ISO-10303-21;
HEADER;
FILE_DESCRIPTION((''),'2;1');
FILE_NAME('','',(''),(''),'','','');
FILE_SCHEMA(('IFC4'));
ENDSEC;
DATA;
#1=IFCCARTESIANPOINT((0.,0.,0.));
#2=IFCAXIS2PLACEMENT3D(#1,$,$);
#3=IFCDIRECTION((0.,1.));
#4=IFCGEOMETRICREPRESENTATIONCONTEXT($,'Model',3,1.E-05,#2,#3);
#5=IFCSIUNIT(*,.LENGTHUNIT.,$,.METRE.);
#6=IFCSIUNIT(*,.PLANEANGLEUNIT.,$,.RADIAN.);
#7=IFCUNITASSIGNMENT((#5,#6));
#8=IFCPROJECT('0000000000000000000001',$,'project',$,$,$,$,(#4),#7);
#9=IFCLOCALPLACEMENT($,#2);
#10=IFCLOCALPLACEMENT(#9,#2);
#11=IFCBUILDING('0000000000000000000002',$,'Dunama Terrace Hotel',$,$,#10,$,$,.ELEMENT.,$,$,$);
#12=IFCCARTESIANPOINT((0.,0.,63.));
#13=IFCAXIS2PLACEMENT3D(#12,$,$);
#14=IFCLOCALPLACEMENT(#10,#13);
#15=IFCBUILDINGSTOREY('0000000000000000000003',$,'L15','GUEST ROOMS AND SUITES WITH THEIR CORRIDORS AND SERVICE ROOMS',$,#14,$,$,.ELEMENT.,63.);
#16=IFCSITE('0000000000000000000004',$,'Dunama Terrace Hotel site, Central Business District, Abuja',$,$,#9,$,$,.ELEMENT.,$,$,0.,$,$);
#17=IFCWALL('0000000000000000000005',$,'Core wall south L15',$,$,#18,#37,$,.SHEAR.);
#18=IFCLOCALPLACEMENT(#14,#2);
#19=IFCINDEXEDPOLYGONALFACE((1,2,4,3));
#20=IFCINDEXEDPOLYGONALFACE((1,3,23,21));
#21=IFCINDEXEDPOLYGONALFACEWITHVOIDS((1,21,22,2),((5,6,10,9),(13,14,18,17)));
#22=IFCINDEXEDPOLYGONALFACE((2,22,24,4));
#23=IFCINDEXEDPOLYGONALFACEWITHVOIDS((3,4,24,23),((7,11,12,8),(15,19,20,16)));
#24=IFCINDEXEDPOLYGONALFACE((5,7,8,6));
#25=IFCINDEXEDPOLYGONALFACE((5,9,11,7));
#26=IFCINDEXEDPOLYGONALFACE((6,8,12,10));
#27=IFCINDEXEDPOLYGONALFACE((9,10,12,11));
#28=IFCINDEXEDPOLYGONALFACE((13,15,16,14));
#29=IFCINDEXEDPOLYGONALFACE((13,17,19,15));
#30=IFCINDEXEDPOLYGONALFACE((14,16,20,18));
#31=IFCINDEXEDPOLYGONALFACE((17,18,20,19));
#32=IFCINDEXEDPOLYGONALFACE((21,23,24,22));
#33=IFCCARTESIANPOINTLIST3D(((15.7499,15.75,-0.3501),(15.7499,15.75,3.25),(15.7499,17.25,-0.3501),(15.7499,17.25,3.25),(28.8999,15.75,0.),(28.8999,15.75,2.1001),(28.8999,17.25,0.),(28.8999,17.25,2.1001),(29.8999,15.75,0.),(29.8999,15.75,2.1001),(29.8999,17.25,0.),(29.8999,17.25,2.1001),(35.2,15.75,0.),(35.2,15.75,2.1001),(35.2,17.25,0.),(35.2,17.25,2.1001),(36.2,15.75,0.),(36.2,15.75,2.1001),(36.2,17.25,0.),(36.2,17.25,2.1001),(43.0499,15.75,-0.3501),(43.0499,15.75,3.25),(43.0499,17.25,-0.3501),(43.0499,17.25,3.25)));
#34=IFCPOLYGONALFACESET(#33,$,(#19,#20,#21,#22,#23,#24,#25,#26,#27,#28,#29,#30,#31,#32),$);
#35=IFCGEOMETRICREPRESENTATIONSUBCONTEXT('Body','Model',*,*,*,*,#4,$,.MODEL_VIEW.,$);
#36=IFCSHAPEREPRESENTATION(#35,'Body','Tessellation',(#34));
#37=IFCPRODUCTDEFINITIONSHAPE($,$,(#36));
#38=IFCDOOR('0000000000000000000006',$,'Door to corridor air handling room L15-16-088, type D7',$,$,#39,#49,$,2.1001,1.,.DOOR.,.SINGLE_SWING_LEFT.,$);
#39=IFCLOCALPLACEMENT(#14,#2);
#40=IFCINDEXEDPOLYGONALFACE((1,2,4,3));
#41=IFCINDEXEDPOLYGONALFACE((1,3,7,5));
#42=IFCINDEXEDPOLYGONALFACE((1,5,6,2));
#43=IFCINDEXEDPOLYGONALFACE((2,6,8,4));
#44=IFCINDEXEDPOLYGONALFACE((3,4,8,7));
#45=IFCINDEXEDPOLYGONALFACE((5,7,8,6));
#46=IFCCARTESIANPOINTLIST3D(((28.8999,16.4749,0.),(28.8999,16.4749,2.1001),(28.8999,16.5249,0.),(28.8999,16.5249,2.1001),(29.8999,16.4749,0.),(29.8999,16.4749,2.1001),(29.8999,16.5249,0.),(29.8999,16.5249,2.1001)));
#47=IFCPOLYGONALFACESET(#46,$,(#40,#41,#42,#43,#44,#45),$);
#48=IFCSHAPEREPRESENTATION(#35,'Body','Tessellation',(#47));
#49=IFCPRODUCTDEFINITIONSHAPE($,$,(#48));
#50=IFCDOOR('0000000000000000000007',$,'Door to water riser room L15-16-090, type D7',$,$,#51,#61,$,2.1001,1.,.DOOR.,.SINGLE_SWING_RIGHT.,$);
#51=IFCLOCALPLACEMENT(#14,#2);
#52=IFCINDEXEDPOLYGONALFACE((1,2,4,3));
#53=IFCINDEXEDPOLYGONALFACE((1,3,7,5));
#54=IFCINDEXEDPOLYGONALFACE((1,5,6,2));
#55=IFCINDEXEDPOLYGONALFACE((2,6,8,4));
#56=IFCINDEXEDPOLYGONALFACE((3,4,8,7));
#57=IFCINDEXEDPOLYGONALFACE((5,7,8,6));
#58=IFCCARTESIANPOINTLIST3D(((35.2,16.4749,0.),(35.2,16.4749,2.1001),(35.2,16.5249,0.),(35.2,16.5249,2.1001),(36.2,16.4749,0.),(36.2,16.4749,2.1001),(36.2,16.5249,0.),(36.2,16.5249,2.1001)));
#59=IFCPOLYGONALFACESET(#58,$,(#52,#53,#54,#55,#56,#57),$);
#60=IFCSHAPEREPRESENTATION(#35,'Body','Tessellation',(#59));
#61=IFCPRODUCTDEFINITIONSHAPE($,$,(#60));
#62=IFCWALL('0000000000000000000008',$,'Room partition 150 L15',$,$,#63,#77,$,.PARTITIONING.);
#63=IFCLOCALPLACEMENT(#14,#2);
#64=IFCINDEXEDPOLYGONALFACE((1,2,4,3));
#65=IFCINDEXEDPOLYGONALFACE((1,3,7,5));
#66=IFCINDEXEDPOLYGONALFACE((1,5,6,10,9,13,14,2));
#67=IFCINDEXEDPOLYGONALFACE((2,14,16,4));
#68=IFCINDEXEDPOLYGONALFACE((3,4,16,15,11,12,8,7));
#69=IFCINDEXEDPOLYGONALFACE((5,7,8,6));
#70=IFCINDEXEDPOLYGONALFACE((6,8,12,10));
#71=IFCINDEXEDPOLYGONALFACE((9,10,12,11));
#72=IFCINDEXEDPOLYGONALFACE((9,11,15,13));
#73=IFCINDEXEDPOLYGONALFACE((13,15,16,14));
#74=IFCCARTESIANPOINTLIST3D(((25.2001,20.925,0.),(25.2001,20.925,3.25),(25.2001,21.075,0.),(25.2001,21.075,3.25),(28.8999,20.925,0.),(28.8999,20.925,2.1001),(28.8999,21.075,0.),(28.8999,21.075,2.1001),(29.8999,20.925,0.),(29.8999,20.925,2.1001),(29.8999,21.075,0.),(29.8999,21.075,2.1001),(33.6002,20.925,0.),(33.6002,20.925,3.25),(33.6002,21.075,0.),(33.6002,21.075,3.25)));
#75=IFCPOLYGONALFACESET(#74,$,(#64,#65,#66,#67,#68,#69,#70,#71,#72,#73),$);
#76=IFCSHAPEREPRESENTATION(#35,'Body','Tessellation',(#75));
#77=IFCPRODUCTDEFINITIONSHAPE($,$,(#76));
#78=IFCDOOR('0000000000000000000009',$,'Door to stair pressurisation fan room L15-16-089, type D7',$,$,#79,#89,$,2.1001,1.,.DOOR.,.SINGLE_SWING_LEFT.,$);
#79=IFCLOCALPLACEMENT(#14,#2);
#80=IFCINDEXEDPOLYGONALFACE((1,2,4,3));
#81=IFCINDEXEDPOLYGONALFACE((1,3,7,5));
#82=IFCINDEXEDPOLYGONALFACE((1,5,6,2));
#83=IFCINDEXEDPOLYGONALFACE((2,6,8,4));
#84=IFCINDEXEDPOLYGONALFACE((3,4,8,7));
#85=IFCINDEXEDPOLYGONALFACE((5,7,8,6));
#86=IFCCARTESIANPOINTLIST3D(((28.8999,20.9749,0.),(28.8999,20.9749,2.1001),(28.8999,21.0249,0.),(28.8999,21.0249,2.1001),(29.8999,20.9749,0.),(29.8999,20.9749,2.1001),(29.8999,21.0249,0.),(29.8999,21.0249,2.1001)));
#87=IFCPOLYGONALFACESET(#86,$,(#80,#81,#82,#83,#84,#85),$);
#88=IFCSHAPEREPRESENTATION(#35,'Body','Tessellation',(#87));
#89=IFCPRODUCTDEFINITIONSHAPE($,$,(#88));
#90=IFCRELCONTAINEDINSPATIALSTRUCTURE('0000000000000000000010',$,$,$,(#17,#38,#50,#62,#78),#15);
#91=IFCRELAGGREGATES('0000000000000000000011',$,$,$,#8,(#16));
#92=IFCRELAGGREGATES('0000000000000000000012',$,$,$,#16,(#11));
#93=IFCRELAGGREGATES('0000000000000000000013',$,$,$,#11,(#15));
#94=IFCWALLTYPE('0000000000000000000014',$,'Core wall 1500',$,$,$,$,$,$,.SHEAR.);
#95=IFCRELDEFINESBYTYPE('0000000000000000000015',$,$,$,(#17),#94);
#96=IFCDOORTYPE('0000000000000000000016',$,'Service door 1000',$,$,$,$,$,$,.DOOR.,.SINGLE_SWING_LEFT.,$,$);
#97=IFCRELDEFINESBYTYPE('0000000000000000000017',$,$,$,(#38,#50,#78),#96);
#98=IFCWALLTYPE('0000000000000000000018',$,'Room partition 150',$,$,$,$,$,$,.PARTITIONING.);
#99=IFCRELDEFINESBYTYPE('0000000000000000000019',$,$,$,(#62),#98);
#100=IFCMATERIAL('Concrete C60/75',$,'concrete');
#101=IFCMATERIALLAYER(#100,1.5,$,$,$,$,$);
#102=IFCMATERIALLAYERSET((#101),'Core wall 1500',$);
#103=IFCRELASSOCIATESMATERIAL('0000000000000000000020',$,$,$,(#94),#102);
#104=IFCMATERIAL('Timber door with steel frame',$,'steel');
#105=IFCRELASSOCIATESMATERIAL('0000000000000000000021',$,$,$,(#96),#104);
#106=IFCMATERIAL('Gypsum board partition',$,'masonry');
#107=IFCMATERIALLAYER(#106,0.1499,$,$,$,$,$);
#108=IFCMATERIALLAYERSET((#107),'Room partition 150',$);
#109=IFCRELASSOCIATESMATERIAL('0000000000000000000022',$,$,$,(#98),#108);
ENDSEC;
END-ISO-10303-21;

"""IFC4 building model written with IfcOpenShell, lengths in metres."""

from ifc_helpers import new_model, si_unit, direction, frame, frame_2d, origin, place, context, subcontext, project, spatial, rectangle, extrude, material, layer, layer_set, type_object, element, fill, save


model = new_model("IFC4")

# Units and contexts
model_context = context("Model", 3, precision=1e-05, world=origin(), true_north=direction((0.0, 1.0)))
body_context = subcontext(model_context, "Body", "Model", "MODEL_VIEW")
ifc_project = project(units=[si_unit("LENGTHUNIT", "METRE"), si_unit("PLANEANGLEUNIT", "RADIAN")], contexts=[model_context])

# Site, building, storey
site_placement = place(None, origin())
site = spatial("IfcSite", under=ifc_project, at=site_placement, Name="Dunama Terrace Hotel site, Central Business District, Abuja", CompositionType="ELEMENT", RefElevation=0.0)
building_placement = place(site_placement, origin())
building = spatial("IfcBuilding", under=site, at=building_placement, Name="Dunama Terrace Hotel", CompositionType="ELEMENT")
storey_placement = place(building_placement, frame((0.0, 0.0, 63.0)))
storey = spatial("IfcBuildingStorey", under=building, at=storey_placement, Name="L15", Description="GUEST ROOMS AND SUITES WITH THEIR CORRIDORS AND SERVICE ROOMS", CompositionType="ELEMENT", Elevation=63.0)

# Wall, openings, doors
ifc_material_1 = material(Name="Concrete C60/75", Category="concrete")
ifc_layer_1 = layer(ifc_material_1, 1.5)
ifc_layer_set_1 = layer_set([ifc_layer_1], Name="Core wall 1500")
wall_type_1 = type_object("IfcWallType", Name="Core wall 1500", PredefinedType="SHEAR", material=ifc_layer_set_1)
wall_1_placement = place(storey_placement, frame((15.75, 16.5, -0.3501), z_axis=(0.0, 0.0, 1.0), x_axis=(1.0, 0.0, 0.0)))
wall_1 = element("IfcWall", 1, at=wall_1_placement, inside=storey, type_object=wall_type_1, Name="Core wall south L15", PredefinedType="SHEAR", context=body_context, shape_type="SweptSolid", body=[
    extrude(rectangle(XDim=27.3, YDim=1.5, at=frame_2d((13.6499, 0.0))), origin(), (0.0, 0.0, 1.0), 3.6001),
])
opening_1_placement = place(wall_1_placement, frame((13.1499, 0.0, 0.3501)))
opening_1 = element("IfcOpeningElement", 2, at=opening_1_placement, cuts=wall_1, PredefinedType="OPENING", context=body_context, shape_type="SweptSolid", body=[
    extrude(rectangle(XDim=1.0, YDim=2.1001, at=frame_2d((0.5, 1.05))), frame((0.0, 0.76, 0.0), z_axis=(0.0, -1.0, 0.0), x_axis=(1.0, 0.0, 0.0)), (0.0, 0.0, 1.0), 1.52),
])
opening_2_placement = place(wall_1_placement, frame((19.45, 0.0, 0.3501)))
opening_2 = element("IfcOpeningElement", 3, at=opening_2_placement, cuts=wall_1, PredefinedType="OPENING", context=body_context, shape_type="SweptSolid", body=[
    extrude(rectangle(XDim=1.0, YDim=2.1001, at=frame_2d((0.5, 1.05))), frame((0.0, 0.76, 0.0), z_axis=(0.0, -1.0, 0.0), x_axis=(1.0, 0.0, 0.0)), (0.0, 0.0, 1.0), 1.52),
])
ifc_material_2 = material(Name="Timber door with steel frame", Category="steel")
door_type_1 = type_object("IfcDoorType", Name="Service door 1000", OperationType="SINGLE_SWING_LEFT", PredefinedType="DOOR", material=ifc_material_2)
door_1_placement = place(opening_1_placement, origin())
door_1 = element("IfcDoor", 4, at=door_1_placement, inside=storey, type_object=door_type_1, Name="Door to corridor air handling room L15-16-088, type D7", OperationType="SINGLE_SWING_LEFT", OverallHeight=2.1001, OverallWidth=1.0, PredefinedType="DOOR", context=body_context, shape_type="SweptSolid", body=[
    extrude(rectangle(XDim=1.0, YDim=2.1001, at=frame_2d((0.5, 1.05))), frame((0.0, 0.0249, 0.0), z_axis=(0.0, -1.0, 0.0), x_axis=(1.0, 0.0, 0.0)), (0.0, 0.0, 1.0), 0.05),
])
fill(opening_1, door_1)
door_2_placement = place(opening_2_placement, origin())
door_2 = element("IfcDoor", 5, at=door_2_placement, inside=storey, type_object=door_type_1, Name="Door to water riser room L15-16-090, type D7", OperationType="SINGLE_SWING_RIGHT", OverallHeight=2.1001, OverallWidth=1.0, PredefinedType="DOOR", context=body_context, shape_type="SweptSolid", body=[
    extrude(rectangle(XDim=1.0, YDim=2.1001, at=frame_2d((0.5, 1.05))), frame((0.0, 0.0249, 0.0), z_axis=(0.0, -1.0, 0.0), x_axis=(1.0, 0.0, 0.0)), (0.0, 0.0, 1.0), 0.05),
])
fill(opening_2, door_2)

# Wall, opening, door
ifc_material_3 = material(Name="Gypsum board partition", Category="masonry")
ifc_layer_2 = layer(ifc_material_3, 0.1499)
ifc_layer_set_2 = layer_set([ifc_layer_2], Name="Room partition 150")
wall_type_2 = type_object("IfcWallType", Name="Room partition 150", PredefinedType="PARTITIONING", material=ifc_layer_set_2)
wall_2_placement = place(storey_placement, frame((25.2, 21.0, 0.0), z_axis=(0.0, 0.0, 1.0), x_axis=(1.0, 0.0, 0.0)))
wall_2 = element("IfcWall", 6, at=wall_2_placement, inside=storey, type_object=wall_type_2, Name="Room partition 150 L15", PredefinedType="PARTITIONING", context=body_context, shape_type="SweptSolid", body=[
    extrude(rectangle(XDim=8.4001, YDim=0.1499, at=frame_2d((4.2002, 0.0))), origin(), (0.0, 0.0, 1.0), 3.25),
])
opening_3_placement = place(wall_2_placement, frame((3.7, 0.0, 0.0)))
opening_3 = element("IfcOpeningElement", 7, at=opening_3_placement, cuts=wall_2, PredefinedType="OPENING", context=body_context, shape_type="SweptSolid", body=[
    extrude(rectangle(XDim=1.0, YDim=2.1001, at=frame_2d((0.5, 1.05))), frame((0.0, 0.085, 0.0), z_axis=(0.0, -1.0, 0.0), x_axis=(1.0, 0.0, 0.0)), (0.0, 0.0, 1.0), 0.1699),
])
door_3_placement = place(opening_3_placement, origin())
door_3 = element("IfcDoor", 8, at=door_3_placement, inside=storey, type_object=door_type_1, Name="Door to stair pressurisation fan room L15-16-089, type D7", OperationType="SINGLE_SWING_LEFT", OverallHeight=2.1001, OverallWidth=1.0, PredefinedType="DOOR", context=body_context, shape_type="SweptSolid", body=[
    extrude(rectangle(XDim=1.0, YDim=2.1001, at=frame_2d((0.5, 1.05))), frame((0.0, 0.0249, 0.0), z_axis=(0.0, -1.0, 0.0), x_axis=(1.0, 0.0, 0.0)), (0.0, 0.0, 1.0), 0.05),
])
fill(opening_3, door_3)

save(model, "model.ifc")
